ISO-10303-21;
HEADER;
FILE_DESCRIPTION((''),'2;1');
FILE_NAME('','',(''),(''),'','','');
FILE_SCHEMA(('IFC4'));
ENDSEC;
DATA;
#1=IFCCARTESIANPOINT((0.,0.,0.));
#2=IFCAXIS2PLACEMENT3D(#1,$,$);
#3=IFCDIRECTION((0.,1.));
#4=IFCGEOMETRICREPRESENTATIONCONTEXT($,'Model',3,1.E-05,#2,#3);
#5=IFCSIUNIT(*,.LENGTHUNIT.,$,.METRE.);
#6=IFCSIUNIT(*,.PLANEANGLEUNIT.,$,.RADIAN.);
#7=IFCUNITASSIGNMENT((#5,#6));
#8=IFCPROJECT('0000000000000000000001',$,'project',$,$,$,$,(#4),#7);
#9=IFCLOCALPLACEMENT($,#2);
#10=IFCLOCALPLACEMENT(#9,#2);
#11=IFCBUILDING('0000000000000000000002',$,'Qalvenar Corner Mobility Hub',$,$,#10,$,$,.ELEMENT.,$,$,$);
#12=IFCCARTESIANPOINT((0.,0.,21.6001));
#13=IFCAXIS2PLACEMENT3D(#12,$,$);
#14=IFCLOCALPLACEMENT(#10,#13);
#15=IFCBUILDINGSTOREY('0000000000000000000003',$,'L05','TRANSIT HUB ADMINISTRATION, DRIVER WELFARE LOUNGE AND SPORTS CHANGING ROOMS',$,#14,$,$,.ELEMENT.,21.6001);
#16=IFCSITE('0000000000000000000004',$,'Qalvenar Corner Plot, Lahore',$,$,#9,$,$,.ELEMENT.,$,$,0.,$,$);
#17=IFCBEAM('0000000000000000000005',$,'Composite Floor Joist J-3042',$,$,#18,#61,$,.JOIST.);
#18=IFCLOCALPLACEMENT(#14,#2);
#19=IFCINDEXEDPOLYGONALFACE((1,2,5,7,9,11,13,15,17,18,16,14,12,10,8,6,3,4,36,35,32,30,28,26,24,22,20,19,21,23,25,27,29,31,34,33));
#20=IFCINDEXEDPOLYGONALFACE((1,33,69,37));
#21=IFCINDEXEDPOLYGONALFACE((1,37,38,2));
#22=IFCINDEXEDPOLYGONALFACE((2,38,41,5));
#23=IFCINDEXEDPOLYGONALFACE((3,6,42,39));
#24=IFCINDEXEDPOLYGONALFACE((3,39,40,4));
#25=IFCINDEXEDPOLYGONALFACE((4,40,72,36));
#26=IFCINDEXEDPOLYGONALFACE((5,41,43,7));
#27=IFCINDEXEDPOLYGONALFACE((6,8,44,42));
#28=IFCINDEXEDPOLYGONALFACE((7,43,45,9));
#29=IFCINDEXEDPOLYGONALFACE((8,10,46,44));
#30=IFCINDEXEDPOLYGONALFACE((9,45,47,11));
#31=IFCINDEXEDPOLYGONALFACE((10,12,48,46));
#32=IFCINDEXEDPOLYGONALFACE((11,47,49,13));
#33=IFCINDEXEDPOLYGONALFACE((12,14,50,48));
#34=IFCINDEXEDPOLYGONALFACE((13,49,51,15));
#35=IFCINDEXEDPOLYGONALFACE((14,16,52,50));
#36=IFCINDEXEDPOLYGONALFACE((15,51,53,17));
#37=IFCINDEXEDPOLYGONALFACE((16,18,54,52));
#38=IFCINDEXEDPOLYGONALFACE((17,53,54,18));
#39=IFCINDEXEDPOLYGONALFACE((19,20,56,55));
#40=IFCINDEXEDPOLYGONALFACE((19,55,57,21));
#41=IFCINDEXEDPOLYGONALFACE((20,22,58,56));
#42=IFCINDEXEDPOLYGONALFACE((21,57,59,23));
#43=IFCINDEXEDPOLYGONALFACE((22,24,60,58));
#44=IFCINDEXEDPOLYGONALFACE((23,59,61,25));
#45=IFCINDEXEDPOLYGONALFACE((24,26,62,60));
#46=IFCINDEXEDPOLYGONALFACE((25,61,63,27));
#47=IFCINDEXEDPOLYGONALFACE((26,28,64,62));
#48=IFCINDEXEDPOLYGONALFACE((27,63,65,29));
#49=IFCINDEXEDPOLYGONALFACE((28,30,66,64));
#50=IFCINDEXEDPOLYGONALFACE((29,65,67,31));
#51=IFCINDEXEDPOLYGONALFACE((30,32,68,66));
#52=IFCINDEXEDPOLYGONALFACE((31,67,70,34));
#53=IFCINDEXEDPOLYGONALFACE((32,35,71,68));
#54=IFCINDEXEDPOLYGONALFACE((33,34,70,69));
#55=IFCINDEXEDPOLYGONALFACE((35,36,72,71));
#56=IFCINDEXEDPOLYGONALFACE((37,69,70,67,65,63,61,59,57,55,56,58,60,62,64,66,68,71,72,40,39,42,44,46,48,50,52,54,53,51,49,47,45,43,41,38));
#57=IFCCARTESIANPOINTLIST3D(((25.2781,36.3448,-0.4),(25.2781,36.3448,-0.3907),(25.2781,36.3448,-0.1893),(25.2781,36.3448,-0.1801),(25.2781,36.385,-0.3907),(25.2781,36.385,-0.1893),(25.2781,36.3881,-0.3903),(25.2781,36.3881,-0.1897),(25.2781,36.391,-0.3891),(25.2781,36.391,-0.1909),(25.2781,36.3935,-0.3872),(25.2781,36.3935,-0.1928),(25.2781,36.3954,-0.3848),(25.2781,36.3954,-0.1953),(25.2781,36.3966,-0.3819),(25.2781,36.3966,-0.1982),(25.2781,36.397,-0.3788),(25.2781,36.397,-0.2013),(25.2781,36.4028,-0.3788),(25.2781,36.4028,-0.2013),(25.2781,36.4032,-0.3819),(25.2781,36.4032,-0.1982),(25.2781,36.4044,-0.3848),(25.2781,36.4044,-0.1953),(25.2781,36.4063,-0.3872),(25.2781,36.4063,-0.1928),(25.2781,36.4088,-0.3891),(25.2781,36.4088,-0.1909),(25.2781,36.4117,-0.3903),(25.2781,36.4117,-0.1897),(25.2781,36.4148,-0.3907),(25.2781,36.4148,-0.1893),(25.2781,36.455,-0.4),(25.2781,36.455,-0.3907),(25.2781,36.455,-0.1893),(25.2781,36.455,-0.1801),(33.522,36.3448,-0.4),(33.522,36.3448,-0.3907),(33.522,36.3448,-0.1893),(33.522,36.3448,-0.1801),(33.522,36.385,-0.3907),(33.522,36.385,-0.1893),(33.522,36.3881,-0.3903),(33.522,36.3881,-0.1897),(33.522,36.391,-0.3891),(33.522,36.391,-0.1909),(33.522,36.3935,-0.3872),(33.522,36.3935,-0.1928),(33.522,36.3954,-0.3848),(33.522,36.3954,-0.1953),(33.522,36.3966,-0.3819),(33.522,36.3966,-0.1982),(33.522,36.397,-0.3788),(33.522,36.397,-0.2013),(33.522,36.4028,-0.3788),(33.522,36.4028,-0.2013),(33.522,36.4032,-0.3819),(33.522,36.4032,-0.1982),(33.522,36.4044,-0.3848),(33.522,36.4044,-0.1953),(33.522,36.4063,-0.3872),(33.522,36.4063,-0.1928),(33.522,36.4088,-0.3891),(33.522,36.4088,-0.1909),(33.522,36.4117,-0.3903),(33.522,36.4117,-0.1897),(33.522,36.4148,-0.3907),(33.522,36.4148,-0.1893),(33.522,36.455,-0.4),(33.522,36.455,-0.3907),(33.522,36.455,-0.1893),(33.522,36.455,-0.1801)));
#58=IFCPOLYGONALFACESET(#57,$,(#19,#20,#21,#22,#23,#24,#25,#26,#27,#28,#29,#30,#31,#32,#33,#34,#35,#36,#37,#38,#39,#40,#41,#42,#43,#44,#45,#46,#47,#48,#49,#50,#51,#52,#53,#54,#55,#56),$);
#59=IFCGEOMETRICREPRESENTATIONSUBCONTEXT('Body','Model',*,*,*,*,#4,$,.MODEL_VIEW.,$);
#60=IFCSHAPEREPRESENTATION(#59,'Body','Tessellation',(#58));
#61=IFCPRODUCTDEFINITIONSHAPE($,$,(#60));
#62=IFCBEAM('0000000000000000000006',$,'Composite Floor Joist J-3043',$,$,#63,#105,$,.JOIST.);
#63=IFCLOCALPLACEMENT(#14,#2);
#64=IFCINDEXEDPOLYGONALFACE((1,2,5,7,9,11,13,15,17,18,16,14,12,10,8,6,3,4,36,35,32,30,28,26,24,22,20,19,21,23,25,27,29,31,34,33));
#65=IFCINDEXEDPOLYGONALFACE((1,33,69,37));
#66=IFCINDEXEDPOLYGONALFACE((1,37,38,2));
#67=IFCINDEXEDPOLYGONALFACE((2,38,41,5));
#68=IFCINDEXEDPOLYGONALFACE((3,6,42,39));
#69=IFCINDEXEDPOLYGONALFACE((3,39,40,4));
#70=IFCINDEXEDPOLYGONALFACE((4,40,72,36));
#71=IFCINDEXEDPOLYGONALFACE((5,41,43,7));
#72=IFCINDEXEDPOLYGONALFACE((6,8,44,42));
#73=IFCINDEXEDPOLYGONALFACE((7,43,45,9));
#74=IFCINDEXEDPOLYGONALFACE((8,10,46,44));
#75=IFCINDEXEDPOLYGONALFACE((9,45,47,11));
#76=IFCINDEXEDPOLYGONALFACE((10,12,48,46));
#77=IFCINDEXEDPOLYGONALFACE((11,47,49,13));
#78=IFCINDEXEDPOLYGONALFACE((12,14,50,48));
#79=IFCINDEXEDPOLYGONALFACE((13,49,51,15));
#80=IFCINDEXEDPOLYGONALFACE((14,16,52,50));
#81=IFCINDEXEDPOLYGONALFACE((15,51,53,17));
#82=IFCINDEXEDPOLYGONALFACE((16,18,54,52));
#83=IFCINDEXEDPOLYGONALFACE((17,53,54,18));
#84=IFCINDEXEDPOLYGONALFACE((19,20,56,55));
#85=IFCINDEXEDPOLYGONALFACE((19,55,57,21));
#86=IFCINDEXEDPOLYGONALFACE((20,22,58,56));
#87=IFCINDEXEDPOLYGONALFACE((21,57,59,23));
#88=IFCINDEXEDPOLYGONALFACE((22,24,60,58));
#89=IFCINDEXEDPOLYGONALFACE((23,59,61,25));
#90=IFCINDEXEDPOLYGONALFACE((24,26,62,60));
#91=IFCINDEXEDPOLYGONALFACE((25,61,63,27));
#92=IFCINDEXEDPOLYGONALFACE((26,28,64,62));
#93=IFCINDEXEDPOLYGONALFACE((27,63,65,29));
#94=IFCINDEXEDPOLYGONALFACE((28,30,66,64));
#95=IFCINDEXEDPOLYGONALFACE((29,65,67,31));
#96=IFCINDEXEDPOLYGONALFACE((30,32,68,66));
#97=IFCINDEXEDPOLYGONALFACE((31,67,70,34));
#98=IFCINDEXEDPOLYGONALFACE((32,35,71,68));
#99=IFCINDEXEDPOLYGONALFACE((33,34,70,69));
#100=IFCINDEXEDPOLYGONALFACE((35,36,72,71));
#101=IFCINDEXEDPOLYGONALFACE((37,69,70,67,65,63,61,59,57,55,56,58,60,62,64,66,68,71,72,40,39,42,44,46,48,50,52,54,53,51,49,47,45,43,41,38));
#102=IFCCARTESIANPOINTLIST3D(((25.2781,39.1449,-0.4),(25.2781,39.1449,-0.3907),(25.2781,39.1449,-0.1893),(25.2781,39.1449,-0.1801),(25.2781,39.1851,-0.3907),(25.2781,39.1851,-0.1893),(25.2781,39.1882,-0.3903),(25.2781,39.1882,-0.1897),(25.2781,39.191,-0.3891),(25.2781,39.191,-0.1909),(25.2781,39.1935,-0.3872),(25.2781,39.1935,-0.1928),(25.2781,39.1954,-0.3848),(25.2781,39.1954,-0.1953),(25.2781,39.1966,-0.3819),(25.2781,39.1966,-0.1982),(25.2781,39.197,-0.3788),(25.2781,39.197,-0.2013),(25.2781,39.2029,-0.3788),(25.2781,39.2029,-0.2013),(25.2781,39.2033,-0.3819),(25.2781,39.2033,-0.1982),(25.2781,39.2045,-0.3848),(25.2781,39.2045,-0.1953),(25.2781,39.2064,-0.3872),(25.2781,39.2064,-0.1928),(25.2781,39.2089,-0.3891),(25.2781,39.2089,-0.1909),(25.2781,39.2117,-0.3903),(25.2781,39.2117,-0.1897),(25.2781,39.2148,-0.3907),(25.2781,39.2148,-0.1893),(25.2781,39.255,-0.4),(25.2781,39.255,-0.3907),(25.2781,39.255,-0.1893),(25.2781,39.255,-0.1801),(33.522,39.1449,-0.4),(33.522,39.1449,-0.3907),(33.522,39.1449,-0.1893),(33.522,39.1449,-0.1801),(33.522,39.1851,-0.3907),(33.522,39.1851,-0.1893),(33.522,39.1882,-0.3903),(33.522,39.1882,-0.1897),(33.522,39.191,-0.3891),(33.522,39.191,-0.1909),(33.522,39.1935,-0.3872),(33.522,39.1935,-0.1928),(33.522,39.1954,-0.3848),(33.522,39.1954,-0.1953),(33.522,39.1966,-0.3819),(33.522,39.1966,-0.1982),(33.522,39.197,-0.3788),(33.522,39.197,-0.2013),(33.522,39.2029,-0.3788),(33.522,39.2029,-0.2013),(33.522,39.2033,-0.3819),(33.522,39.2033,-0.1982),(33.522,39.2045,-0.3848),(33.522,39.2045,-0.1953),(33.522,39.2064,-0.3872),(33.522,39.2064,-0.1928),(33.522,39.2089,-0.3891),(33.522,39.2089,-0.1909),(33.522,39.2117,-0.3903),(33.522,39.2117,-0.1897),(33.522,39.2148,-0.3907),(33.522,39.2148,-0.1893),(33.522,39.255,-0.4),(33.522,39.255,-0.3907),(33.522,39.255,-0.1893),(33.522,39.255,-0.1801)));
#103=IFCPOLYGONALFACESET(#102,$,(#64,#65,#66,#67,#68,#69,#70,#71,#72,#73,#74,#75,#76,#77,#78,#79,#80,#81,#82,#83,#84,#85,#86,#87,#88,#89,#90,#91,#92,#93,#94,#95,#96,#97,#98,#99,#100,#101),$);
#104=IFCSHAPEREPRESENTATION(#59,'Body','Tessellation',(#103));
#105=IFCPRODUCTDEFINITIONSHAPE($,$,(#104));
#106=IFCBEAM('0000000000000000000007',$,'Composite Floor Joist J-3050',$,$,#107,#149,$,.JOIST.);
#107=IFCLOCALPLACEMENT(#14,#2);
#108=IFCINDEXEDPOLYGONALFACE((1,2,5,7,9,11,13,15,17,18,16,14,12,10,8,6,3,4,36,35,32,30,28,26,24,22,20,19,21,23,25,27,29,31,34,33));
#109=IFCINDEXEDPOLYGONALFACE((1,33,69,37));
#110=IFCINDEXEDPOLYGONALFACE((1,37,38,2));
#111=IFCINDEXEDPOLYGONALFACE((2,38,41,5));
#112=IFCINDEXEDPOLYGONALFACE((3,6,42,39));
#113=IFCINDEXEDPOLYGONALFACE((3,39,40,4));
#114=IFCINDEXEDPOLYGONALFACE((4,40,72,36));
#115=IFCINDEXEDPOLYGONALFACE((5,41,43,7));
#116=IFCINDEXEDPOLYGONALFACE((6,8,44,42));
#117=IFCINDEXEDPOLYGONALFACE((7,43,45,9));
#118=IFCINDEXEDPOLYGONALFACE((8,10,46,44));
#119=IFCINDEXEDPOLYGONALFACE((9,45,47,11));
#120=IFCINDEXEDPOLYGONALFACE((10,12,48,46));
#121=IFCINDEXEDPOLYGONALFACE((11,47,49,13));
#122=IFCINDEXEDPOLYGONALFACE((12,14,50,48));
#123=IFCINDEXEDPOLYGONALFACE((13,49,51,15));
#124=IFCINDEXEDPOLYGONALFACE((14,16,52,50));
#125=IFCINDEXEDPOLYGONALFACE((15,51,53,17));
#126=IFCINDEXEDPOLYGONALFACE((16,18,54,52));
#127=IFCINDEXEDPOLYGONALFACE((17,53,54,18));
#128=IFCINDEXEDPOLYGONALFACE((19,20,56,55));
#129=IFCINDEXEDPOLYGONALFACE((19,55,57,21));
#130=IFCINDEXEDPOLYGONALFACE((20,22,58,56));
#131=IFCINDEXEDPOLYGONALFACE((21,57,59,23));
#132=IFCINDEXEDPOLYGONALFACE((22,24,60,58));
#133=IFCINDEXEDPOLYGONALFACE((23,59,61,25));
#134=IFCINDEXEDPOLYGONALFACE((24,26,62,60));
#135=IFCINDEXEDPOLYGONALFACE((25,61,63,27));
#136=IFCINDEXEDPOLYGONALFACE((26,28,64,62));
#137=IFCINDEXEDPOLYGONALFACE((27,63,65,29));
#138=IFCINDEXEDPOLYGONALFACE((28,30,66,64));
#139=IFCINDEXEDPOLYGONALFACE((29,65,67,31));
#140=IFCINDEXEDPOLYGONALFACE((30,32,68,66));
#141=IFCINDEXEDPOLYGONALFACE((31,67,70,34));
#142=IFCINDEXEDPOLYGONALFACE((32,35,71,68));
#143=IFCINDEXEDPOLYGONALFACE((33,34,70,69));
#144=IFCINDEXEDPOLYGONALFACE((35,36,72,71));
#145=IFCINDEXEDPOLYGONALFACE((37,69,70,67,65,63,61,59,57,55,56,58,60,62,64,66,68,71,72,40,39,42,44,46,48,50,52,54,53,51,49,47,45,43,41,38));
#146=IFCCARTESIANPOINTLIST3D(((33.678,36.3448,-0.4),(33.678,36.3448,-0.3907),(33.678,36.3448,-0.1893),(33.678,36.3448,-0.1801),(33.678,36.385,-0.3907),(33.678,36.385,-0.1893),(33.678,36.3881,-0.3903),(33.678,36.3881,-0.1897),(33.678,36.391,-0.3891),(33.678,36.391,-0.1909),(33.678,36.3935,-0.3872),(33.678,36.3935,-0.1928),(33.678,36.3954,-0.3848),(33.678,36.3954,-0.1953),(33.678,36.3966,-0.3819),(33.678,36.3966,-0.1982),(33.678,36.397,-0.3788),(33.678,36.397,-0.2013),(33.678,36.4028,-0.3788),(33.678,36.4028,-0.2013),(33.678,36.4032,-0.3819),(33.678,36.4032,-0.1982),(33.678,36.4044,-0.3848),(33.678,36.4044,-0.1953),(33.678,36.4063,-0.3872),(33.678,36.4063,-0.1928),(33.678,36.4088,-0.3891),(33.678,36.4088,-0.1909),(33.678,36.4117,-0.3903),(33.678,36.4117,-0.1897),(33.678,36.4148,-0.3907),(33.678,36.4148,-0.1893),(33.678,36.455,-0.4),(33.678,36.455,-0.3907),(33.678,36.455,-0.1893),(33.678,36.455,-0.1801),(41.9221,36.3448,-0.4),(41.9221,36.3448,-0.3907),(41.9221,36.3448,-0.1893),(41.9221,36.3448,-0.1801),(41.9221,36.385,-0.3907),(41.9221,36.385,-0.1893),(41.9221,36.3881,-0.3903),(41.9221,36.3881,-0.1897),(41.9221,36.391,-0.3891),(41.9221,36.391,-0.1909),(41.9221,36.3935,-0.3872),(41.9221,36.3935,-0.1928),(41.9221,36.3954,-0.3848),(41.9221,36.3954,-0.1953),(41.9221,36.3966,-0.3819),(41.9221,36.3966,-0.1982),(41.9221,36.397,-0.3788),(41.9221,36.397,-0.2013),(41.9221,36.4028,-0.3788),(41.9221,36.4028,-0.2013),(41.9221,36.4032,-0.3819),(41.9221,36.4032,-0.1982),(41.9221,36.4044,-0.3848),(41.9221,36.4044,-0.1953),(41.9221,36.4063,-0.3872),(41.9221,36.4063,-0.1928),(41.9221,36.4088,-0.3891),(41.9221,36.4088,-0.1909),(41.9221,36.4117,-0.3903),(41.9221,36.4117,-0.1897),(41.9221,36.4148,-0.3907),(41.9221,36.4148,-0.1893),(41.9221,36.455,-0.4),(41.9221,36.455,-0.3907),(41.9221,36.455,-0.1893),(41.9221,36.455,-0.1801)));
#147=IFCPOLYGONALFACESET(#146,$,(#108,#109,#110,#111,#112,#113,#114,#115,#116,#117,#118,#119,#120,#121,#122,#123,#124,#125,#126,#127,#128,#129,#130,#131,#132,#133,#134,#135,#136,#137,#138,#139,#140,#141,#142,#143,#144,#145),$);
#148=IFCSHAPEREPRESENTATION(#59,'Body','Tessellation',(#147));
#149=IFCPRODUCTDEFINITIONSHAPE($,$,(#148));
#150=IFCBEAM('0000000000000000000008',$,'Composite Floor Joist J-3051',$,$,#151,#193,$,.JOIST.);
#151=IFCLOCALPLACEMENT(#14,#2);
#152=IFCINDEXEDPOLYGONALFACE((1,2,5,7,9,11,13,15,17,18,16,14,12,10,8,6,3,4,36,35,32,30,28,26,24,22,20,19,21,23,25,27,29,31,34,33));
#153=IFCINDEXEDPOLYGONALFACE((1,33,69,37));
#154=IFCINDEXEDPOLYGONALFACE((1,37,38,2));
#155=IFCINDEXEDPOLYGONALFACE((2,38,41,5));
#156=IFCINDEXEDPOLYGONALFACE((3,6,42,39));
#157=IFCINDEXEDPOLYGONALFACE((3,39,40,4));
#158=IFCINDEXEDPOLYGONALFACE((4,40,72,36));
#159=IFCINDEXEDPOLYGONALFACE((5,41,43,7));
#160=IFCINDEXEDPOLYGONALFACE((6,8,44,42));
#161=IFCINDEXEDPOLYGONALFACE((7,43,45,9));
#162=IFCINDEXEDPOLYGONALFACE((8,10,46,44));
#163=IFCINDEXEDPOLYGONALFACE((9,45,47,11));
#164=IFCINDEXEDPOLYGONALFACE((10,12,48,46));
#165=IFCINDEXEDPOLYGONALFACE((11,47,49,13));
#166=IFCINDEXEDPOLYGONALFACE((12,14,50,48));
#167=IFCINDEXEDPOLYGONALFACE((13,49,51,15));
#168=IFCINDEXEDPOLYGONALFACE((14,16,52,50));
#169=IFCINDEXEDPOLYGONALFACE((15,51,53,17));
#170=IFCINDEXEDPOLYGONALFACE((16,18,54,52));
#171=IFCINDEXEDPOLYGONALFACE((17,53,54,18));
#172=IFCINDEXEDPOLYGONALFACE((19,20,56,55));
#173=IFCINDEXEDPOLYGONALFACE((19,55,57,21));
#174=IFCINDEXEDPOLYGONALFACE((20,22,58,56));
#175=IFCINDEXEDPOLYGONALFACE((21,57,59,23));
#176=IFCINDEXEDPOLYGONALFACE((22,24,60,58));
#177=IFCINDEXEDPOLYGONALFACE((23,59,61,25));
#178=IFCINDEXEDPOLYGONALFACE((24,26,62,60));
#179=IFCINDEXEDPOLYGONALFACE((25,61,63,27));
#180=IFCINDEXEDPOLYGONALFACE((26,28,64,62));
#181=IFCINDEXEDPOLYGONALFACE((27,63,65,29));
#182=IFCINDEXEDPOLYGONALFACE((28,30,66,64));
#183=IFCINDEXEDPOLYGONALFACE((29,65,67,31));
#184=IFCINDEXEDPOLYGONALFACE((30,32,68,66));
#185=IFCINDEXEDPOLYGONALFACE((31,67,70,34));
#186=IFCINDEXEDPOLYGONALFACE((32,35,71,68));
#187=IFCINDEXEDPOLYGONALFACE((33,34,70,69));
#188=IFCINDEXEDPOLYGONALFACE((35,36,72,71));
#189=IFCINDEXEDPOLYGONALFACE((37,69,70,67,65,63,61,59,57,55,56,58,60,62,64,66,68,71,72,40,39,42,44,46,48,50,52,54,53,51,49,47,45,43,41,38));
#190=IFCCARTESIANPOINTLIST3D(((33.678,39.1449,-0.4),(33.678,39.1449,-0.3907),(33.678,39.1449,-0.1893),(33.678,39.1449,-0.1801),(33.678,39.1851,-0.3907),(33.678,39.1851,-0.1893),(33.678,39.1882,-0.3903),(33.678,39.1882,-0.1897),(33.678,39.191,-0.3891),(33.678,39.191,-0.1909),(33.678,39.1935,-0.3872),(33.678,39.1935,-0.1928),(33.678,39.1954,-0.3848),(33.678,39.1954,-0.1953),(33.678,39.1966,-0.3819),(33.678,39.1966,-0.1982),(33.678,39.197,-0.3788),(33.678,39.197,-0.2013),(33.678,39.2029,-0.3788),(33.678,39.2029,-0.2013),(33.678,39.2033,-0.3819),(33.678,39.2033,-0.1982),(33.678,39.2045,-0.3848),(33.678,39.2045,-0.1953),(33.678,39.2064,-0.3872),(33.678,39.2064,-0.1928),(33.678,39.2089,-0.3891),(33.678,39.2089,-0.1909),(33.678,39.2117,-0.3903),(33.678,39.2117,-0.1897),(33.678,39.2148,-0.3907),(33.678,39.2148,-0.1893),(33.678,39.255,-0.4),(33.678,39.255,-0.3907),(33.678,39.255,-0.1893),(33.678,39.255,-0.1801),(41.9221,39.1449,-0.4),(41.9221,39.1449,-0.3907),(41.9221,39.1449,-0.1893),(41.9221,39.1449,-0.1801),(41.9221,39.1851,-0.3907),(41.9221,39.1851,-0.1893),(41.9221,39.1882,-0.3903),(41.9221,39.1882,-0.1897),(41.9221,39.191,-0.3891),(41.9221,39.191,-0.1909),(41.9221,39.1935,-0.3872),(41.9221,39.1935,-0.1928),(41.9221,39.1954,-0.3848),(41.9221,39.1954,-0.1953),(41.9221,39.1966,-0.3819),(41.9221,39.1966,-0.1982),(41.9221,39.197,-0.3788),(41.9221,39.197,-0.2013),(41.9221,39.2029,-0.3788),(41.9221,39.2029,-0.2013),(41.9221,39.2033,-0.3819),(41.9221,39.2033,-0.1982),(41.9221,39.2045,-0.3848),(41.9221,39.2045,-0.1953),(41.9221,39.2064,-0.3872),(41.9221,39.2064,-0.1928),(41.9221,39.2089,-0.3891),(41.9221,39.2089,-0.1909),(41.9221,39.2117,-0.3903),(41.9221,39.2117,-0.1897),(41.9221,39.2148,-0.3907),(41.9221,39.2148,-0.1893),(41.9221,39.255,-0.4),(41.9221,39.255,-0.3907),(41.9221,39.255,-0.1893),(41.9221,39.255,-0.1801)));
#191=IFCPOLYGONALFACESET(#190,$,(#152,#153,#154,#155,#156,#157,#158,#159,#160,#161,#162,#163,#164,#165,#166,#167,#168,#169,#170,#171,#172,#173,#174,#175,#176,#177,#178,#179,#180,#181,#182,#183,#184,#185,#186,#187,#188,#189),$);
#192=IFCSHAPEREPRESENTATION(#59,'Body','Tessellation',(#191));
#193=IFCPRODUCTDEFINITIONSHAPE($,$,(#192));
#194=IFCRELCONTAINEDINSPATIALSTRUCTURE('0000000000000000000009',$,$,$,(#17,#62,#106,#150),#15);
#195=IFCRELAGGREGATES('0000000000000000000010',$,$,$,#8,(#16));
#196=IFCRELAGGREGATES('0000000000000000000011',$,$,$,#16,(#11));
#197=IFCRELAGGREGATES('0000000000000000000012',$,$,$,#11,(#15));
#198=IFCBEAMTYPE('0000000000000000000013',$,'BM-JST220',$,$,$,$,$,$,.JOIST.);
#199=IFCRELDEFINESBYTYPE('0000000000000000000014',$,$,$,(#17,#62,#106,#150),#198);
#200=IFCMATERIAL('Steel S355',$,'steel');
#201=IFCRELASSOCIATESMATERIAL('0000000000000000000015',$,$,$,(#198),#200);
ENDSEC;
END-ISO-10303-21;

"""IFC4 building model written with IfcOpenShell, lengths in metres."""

from ifc_helpers import new_model, si_unit, direction, frame, origin, origin_2d, place, context, subcontext, project, spatial, i_section, extrude, material, material_profile, profile_set, type_object, element, save


model = new_model("IFC4")

# Units and contexts
model_context = context("Model", 3, precision=1e-05, world=origin(), true_north=direction((0.0, 1.0)))
body_context = subcontext(model_context, "Body", "Model", "MODEL_VIEW")
ifc_project = project(units=[si_unit("LENGTHUNIT", "METRE"), si_unit("PLANEANGLEUNIT", "RADIAN")], contexts=[model_context])

# Site, building, storey
site_placement = place(None, origin())
site = spatial("IfcSite", under=ifc_project, at=site_placement, Name="Qalvenar Corner Plot, Lahore", CompositionType="ELEMENT", RefElevation=0.0)
building_placement = place(site_placement, origin())
building = spatial("IfcBuilding", under=site, at=building_placement, Name="Qalvenar Corner Mobility Hub", CompositionType="ELEMENT")
storey_placement = place(building_placement, frame((0.0, 0.0, 21.6001)))
storey = spatial("IfcBuildingStorey", under=building, at=storey_placement, Name="L05", Description="TRANSIT HUB ADMINISTRATION, DRIVER WELFARE LOUNGE AND SPORTS CHANGING ROOMS", CompositionType="ELEMENT", Elevation=21.6001)

# Shared definitions
ifc_material_1 = material(Name="Steel S355", Category="steel")

# Beams
ifc_material_profile_1 = material_profile(ifc_material_1, i_section(OverallWidth=0.1101, OverallDepth=0.22, WebThickness=0.0059, FlangeThickness=0.0093, FilletRadius=0.012, at=origin_2d()), Name="IPE220")
ifc_profile_set_1 = profile_set([ifc_material_profile_1], Name="Steel S355")
beam_type_1 = type_object("IfcBeamType", Name="BM-JST220", PredefinedType="JOIST", material=ifc_profile_set_1)
for number, where, z_axis, x_axis, name in (
    (1, (25.2781, 36.3999, -0.29), (1.0, 0.0, 0.0), (0.0, 1.0, 0.0), "Composite Floor Joist J-3042"),
    (2, (25.2781, 39.2, -0.29), (1.0, 0.0, 0.0), (0.0, 1.0, 0.0), "Composite Floor Joist J-3043"),
):
    element("IfcBeam", number, at=place(storey_placement, frame(where, z_axis=z_axis, x_axis=x_axis)), inside=storey, type_object=beam_type_1, Name=name, PredefinedType="JOIST", context=body_context, shape_type="SweptSolid", body=[
        extrude(i_section(OverallWidth=0.1101, OverallDepth=0.22, WebThickness=0.0059, FlangeThickness=0.0093, FilletRadius=0.012, at=origin_2d()), origin(), (0.0, 0.0, 1.0), 8.2439),
    ])
for number, where, z_axis, x_axis, name in (
    (3, (33.678, 36.3999, -0.29), (1.0, 0.0, 0.0), (0.0, 1.0, 0.0), "Composite Floor Joist J-3050"),
    (4, (33.678, 39.2, -0.29), (1.0, 0.0, 0.0), (0.0, 1.0, 0.0), "Composite Floor Joist J-3051"),
):
    element("IfcBeam", number, at=place(storey_placement, frame(where, z_axis=z_axis, x_axis=x_axis)), inside=storey, type_object=beam_type_1, Name=name, PredefinedType="JOIST", context=body_context, shape_type="SweptSolid", body=[
        extrude(i_section(OverallWidth=0.1101, OverallDepth=0.22, WebThickness=0.0059, FlangeThickness=0.0093, FilletRadius=0.012, at=origin_2d()), origin(), (0.0, 0.0, 1.0), 8.2441),
    ])

save(model, "model.ifc")
